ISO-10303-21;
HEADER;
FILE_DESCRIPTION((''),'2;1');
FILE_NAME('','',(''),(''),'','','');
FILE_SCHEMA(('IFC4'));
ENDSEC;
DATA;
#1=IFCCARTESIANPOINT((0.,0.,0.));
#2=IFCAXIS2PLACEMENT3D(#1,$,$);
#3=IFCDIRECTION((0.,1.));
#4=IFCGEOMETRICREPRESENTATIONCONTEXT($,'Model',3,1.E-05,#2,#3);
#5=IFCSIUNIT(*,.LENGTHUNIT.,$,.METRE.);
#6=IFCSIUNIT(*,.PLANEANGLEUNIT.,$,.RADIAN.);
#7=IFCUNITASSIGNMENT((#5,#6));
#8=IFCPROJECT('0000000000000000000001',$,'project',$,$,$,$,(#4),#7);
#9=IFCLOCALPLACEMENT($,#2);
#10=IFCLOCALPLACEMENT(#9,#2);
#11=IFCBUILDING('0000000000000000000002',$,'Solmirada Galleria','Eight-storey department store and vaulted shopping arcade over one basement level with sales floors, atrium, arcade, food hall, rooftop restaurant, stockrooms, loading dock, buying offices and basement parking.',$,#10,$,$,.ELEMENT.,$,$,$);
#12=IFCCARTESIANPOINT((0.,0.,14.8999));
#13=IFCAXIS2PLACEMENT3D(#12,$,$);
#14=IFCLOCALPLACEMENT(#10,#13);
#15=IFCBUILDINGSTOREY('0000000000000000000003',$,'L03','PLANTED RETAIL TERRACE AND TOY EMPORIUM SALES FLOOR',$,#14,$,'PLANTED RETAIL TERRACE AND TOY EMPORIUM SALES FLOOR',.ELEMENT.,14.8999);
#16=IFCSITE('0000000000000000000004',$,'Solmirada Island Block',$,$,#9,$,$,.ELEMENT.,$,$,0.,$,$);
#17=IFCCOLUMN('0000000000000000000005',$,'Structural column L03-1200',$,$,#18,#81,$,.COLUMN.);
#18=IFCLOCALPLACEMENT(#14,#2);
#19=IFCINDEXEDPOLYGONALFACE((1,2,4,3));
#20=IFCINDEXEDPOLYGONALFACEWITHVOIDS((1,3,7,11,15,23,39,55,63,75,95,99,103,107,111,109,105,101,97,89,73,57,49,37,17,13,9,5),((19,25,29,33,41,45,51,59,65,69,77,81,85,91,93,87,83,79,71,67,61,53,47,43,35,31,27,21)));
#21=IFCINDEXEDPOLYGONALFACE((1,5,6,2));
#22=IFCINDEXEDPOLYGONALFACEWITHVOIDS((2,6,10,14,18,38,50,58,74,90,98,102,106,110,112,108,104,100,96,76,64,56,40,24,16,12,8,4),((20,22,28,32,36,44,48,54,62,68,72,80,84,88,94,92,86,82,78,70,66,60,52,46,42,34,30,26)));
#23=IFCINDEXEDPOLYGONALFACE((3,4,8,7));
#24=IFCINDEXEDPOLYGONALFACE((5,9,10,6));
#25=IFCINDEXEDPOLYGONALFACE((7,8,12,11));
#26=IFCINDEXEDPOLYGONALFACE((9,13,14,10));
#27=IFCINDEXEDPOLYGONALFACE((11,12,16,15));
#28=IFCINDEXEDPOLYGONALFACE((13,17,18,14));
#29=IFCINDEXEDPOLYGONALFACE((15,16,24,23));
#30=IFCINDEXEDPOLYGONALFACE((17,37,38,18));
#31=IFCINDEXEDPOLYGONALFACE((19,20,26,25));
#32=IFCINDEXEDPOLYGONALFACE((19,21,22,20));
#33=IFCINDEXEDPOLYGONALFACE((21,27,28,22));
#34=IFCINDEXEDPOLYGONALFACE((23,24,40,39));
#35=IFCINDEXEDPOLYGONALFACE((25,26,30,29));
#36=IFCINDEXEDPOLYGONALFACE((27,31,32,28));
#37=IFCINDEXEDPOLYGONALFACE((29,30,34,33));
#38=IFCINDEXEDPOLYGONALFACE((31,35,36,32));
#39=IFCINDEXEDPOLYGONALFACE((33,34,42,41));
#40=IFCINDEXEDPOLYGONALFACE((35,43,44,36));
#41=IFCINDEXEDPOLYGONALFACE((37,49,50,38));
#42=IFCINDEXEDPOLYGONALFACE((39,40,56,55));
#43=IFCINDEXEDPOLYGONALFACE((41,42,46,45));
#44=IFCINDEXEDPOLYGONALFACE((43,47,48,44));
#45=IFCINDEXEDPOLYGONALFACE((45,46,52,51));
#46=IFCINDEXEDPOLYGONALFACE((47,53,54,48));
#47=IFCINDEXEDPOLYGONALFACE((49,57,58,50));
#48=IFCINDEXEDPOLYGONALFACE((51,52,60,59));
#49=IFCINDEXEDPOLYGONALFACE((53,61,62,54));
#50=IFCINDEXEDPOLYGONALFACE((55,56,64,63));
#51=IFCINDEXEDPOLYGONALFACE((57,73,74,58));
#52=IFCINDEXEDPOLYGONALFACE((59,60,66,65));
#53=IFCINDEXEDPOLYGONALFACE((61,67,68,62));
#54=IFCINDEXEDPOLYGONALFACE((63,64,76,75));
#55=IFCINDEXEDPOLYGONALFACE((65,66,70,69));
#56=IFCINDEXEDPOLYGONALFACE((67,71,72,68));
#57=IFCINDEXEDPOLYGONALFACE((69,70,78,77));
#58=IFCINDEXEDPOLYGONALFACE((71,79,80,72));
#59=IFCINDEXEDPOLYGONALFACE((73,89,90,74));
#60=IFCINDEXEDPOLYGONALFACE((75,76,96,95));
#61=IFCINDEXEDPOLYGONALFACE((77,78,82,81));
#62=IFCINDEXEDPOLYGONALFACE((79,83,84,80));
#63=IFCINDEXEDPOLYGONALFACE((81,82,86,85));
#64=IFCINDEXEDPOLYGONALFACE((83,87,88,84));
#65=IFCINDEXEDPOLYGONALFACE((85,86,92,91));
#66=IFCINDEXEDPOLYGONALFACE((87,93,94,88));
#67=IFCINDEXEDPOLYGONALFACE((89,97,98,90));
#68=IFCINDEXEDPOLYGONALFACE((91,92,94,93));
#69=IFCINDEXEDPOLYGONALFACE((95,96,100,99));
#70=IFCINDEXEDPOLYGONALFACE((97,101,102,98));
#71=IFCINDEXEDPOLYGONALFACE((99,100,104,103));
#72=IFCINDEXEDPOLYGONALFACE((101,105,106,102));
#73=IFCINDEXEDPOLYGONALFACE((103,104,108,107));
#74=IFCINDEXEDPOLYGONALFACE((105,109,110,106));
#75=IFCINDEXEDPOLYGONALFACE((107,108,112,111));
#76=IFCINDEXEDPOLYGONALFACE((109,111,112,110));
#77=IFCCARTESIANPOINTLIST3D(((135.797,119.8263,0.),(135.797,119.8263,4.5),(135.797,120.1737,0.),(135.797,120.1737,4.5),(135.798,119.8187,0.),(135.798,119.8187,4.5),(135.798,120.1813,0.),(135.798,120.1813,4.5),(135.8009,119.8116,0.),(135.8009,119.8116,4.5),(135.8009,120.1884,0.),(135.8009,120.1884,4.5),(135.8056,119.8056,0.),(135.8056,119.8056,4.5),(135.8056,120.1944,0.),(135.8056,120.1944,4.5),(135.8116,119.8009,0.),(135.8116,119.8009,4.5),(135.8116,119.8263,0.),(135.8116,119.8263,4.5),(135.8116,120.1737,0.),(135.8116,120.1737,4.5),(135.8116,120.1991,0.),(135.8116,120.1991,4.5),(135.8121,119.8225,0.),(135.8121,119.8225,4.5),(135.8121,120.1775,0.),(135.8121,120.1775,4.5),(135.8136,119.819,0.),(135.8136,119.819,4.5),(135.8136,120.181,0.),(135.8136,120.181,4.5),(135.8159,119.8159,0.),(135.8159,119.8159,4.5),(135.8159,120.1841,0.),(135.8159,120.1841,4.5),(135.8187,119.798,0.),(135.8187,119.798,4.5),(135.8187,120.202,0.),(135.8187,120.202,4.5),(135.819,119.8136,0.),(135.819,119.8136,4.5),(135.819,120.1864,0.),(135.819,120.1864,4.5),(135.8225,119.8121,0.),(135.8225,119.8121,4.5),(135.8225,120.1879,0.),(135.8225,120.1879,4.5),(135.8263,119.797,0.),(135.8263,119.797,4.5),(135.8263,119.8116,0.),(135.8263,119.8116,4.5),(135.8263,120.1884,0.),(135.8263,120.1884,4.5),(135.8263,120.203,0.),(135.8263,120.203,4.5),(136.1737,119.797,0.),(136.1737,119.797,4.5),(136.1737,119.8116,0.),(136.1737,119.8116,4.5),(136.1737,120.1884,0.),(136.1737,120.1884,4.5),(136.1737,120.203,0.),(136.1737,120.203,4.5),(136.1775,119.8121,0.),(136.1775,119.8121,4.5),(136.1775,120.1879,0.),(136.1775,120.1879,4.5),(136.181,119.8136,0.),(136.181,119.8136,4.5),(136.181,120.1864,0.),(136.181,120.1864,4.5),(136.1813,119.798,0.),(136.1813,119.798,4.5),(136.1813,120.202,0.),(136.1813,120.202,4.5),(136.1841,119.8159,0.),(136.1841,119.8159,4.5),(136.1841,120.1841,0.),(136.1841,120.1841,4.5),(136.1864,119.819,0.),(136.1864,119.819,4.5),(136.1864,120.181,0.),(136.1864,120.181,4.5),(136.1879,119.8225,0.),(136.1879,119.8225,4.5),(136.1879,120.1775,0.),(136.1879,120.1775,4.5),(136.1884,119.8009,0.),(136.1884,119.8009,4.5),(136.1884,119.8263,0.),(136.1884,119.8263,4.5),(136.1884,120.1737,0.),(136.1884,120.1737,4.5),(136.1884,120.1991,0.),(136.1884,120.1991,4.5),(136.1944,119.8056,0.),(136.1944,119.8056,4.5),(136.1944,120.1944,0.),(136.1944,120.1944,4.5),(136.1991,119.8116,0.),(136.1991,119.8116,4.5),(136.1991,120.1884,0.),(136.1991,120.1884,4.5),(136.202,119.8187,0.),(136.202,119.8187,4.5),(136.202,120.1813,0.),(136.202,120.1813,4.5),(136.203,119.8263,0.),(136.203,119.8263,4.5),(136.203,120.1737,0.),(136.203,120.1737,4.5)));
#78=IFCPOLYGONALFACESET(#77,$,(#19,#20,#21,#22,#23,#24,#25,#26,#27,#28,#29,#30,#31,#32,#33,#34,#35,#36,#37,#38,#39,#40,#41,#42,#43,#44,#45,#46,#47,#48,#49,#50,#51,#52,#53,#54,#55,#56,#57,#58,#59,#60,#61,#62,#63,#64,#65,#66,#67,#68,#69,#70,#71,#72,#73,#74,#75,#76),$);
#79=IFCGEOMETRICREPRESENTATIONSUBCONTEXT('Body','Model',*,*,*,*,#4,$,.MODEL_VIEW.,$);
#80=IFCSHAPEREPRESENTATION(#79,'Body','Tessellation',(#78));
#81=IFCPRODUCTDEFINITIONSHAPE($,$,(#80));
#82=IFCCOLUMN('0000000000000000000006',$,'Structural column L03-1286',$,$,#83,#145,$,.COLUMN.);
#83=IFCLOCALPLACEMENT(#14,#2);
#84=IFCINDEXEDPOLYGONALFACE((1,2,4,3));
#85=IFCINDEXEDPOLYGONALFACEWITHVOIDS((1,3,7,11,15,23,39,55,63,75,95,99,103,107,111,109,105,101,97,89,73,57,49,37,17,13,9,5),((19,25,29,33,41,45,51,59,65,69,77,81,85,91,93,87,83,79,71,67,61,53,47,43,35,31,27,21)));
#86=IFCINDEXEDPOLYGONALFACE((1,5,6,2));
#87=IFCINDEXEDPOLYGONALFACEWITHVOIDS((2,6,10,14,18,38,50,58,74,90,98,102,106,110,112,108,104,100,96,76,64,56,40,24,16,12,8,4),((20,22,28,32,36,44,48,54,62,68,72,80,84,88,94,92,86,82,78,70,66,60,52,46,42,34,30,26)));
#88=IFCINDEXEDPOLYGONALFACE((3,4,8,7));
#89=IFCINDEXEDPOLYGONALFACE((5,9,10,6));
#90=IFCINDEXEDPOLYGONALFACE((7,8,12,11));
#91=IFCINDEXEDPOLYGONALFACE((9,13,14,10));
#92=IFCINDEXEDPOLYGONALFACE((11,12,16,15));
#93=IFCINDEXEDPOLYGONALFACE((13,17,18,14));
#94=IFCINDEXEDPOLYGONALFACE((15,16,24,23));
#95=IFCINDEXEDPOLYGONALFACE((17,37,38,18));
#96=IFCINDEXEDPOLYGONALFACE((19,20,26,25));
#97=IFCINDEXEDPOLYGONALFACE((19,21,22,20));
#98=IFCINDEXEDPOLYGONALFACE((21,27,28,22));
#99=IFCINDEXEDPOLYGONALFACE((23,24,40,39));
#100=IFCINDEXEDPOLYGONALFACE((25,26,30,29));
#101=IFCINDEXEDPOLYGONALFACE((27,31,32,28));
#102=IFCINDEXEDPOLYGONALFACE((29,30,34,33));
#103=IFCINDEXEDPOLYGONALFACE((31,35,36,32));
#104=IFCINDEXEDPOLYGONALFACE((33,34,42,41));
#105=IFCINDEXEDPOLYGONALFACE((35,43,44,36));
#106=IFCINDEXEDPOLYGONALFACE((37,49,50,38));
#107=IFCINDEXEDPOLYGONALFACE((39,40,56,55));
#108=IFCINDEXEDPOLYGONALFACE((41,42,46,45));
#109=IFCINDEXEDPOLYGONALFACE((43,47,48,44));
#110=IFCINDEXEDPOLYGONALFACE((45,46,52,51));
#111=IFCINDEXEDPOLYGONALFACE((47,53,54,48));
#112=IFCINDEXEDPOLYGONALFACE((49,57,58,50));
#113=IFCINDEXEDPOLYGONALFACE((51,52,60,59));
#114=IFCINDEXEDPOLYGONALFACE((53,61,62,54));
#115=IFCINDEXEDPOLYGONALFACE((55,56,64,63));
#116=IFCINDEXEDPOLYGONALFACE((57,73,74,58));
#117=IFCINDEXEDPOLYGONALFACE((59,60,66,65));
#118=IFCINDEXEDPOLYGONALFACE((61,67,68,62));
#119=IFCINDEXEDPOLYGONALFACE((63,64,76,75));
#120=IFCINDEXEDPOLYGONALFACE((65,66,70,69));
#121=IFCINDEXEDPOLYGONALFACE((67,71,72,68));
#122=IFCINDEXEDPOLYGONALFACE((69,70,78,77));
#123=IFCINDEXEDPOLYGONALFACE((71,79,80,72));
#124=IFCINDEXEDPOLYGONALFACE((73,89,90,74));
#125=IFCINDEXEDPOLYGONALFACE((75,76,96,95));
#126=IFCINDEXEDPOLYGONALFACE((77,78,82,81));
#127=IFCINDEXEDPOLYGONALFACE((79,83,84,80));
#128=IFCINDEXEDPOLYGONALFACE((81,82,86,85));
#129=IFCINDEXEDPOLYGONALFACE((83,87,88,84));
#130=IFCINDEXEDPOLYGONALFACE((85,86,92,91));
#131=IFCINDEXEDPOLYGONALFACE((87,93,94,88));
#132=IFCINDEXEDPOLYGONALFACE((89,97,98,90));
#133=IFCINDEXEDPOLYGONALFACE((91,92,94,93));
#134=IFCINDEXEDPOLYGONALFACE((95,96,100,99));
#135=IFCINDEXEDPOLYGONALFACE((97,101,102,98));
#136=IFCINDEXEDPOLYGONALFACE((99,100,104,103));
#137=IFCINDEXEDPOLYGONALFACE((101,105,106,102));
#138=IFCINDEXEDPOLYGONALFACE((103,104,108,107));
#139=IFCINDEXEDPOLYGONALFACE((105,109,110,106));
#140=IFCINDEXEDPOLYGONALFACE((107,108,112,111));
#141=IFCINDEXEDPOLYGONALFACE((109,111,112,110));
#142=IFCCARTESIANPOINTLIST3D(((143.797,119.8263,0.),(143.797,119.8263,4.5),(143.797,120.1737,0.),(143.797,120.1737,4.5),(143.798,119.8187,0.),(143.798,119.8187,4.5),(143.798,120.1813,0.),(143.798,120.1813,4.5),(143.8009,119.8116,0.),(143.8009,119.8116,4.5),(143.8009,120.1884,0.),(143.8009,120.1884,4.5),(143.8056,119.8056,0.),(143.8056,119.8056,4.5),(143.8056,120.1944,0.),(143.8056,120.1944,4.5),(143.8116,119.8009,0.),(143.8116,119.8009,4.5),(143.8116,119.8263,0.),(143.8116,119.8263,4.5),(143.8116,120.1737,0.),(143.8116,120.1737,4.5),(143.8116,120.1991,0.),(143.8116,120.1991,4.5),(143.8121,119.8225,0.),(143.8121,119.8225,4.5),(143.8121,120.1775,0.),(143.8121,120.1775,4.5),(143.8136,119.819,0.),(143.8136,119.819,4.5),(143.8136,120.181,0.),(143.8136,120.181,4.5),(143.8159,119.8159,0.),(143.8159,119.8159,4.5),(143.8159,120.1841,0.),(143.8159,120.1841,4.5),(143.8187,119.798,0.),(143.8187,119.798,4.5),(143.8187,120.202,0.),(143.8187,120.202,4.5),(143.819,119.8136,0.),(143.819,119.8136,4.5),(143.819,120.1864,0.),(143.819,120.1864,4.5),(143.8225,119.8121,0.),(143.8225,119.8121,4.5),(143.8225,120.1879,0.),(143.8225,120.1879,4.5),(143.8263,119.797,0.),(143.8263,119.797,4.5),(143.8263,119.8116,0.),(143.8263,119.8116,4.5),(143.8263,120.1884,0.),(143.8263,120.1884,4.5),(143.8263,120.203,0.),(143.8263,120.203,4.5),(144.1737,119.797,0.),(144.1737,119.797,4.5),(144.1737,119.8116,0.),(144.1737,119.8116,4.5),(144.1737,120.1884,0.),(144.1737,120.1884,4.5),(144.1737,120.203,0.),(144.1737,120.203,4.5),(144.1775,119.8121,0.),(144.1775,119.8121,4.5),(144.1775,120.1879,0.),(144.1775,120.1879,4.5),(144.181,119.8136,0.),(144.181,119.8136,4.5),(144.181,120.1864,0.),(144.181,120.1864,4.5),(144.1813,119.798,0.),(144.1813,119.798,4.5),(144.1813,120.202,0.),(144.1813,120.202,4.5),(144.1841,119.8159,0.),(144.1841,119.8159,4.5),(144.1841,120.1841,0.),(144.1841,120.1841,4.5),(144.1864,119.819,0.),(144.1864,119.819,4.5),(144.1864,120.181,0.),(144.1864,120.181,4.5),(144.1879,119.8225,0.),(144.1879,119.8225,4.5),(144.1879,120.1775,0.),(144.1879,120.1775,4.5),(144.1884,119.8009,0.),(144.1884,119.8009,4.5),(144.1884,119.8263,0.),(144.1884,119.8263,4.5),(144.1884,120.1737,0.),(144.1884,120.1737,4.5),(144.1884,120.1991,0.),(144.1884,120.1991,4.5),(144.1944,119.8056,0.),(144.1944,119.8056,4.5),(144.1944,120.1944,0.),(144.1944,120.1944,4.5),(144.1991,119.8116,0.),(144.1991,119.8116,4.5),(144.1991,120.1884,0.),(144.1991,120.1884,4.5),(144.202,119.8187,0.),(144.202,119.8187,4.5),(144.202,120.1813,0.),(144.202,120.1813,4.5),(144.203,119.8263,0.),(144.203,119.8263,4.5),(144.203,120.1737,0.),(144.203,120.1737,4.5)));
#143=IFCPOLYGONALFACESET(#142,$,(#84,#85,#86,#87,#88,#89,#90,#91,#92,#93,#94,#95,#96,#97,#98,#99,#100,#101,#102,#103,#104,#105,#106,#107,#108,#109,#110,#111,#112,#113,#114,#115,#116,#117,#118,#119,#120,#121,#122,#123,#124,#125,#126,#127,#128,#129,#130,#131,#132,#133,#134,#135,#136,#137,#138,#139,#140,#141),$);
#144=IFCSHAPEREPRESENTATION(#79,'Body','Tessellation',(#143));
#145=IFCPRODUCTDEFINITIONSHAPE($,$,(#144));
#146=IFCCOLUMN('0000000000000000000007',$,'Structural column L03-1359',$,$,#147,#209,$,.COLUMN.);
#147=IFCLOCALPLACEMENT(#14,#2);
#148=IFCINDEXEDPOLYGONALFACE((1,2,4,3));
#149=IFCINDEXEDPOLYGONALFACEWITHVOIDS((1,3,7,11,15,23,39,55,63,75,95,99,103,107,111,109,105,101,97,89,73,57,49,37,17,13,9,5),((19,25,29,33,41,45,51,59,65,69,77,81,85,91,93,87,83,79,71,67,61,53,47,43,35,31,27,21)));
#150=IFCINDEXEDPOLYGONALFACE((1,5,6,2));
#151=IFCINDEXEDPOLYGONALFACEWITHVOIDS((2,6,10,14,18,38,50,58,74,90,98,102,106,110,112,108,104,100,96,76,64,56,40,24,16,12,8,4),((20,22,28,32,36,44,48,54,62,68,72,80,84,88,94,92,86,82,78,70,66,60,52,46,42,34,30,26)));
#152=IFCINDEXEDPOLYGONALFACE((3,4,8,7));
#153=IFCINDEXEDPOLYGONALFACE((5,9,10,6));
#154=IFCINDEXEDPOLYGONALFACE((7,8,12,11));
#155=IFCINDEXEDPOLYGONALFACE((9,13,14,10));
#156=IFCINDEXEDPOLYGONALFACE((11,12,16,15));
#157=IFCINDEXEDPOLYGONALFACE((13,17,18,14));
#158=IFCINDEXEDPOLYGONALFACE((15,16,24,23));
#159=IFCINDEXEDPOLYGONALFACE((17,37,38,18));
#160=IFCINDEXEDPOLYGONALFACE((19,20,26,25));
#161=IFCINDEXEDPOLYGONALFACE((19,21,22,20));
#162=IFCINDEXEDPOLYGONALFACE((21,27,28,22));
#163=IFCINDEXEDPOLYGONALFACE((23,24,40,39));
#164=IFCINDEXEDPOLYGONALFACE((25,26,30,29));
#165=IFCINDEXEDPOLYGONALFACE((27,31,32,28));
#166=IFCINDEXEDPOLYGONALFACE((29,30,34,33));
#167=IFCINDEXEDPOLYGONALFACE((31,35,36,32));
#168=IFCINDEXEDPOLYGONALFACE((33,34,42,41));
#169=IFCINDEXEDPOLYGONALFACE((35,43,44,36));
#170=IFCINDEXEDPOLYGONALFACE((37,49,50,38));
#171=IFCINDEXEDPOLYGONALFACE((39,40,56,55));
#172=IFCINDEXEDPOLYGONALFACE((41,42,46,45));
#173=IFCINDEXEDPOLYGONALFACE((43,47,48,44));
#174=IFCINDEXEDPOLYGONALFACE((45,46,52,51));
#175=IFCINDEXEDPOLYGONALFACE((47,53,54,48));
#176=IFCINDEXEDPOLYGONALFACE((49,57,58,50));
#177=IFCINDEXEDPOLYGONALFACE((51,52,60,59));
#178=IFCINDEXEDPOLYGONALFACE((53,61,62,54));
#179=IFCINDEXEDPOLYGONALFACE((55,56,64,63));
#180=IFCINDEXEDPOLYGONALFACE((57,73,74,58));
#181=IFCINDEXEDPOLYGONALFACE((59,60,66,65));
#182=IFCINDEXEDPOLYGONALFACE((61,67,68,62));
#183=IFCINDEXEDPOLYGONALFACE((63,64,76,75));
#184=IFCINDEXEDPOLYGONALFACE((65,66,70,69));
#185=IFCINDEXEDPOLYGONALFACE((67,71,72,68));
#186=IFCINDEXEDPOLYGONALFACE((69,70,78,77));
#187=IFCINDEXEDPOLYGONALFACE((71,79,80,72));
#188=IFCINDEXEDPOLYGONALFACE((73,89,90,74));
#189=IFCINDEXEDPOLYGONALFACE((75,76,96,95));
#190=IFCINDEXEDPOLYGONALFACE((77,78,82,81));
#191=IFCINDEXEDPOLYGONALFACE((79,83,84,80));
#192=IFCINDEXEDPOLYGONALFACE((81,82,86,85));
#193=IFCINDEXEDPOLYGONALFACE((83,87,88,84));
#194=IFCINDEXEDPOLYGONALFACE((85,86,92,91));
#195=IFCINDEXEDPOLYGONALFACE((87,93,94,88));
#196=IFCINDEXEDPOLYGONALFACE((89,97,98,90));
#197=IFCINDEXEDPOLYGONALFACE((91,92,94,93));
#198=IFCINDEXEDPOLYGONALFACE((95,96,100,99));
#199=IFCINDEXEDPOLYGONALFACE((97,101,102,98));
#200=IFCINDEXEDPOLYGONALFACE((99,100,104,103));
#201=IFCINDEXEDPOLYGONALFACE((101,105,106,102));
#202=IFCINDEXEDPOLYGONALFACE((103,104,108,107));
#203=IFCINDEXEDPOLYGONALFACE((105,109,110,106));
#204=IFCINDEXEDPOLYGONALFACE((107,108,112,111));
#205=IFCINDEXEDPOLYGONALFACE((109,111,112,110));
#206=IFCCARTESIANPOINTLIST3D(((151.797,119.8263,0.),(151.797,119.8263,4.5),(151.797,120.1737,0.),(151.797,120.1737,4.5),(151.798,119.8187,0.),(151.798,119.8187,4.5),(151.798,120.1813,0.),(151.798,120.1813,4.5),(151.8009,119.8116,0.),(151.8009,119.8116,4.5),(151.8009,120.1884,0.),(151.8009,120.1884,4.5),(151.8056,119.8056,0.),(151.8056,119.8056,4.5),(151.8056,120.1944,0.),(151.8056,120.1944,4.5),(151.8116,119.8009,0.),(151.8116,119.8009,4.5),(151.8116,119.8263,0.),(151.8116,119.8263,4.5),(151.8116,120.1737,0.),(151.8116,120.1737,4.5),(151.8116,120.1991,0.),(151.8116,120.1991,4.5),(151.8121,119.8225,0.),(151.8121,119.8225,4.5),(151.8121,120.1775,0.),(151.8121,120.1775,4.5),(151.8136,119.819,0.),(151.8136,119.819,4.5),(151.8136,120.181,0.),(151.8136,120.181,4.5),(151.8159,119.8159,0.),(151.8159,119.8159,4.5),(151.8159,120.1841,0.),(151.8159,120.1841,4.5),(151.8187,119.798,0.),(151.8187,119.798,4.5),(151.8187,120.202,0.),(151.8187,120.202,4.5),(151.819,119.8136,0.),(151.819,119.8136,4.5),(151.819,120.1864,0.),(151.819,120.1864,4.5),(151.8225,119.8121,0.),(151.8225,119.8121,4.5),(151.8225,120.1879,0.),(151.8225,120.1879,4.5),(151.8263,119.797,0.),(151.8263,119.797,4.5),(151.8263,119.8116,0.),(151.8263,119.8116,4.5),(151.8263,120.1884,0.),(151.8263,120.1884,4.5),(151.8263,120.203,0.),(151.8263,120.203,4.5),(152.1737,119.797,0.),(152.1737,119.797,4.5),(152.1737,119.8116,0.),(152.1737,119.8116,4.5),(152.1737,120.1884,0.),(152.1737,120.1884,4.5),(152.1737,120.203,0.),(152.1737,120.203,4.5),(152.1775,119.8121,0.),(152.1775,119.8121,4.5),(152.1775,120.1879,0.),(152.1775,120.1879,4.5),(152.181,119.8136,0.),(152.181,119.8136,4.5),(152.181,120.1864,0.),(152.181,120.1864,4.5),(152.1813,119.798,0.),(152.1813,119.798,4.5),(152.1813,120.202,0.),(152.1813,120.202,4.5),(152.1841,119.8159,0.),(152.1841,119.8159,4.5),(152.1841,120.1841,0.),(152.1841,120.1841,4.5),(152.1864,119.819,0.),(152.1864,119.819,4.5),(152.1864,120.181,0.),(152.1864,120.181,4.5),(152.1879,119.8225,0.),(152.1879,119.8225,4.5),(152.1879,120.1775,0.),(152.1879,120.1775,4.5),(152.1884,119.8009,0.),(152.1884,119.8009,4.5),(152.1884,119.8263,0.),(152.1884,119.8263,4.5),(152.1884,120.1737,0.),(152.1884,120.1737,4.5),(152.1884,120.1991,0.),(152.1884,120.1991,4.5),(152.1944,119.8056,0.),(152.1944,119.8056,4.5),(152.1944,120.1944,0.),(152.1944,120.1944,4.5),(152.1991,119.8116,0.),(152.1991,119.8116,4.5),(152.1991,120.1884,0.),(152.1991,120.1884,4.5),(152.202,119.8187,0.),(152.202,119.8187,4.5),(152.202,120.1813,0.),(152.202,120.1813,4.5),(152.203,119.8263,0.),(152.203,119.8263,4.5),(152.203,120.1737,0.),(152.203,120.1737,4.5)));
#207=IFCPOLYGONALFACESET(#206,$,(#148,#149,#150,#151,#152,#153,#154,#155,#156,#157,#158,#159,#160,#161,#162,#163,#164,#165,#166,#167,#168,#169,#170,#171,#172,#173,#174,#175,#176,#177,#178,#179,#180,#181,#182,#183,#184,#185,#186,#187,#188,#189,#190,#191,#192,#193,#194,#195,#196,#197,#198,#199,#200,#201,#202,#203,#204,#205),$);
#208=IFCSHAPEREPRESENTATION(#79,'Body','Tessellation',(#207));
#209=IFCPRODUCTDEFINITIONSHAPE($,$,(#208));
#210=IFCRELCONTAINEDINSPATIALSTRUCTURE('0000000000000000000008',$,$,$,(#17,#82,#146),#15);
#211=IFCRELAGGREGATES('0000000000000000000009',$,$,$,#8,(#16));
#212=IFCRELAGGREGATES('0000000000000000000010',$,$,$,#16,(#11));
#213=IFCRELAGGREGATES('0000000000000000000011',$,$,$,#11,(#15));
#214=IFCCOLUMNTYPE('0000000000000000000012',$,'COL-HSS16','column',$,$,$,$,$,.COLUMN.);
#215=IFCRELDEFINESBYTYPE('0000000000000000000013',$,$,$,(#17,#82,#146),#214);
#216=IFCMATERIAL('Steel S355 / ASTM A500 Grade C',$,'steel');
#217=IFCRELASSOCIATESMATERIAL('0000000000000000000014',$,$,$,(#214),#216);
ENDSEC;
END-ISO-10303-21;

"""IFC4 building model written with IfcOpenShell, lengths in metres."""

from ifc_helpers import new_model, si_unit, direction, frame, origin, origin_2d, place, context, subcontext, project, spatial, hollow_rectangle, extrude, material, material_profile, profile_set, type_object, element, save


model = new_model("IFC4")

# Units and contexts
model_context = context("Model", 3, precision=1e-05, world=origin(), true_north=direction((0.0, 1.0)))
body_context = subcontext(model_context, "Body", "Model", "MODEL_VIEW")
ifc_project = project(units=[si_unit("LENGTHUNIT", "METRE"), si_unit("PLANEANGLEUNIT", "RADIAN")], contexts=[model_context])

# Site, building, storey
site_placement = place(None, origin())
site = spatial("IfcSite", under=ifc_project, at=site_placement, Name="Solmirada Island Block", CompositionType="ELEMENT", RefElevation=0.0)
building_placement = place(site_placement, origin())
building = spatial("IfcBuilding", under=site, at=building_placement, Name="Solmirada Galleria", Description="Eight-storey department store and vaulted shopping arcade over one basement level with sales floors, atrium, arcade, food hall, rooftop restaurant, stockrooms, loading dock, buying offices and basement parking.", CompositionType="ELEMENT")
storey_placement = place(building_placement, frame((0.0, 0.0, 14.8999)))
storey = spatial("IfcBuildingStorey", under=building, at=storey_placement, Name="L03", Description="PLANTED RETAIL TERRACE AND TOY EMPORIUM SALES FLOOR", LongName="PLANTED RETAIL TERRACE AND TOY EMPORIUM SALES FLOOR", CompositionType="ELEMENT", Elevation=14.8999)

# Columns
ifc_material_1 = material(Name="Steel S355 / ASTM A500 Grade C", Category="steel")
ifc_material_profile_1 = material_profile(ifc_material_1, hollow_rectangle(XDim=0.406, YDim=0.406, WallThickness=0.0146, InnerFilletRadius=0.0146, OuterFilletRadius=0.0293, at=origin_2d()), Name="HSS16X16X5/8")
ifc_profile_set_1 = profile_set([ifc_material_profile_1], Name="Steel S355 / ASTM A500 Grade C")
column_type_1 = type_object("IfcColumnType", Name="COL-HSS16", Description="column", PredefinedType="COLUMN", material=ifc_profile_set_1)
for number, where, z_axis, x_axis, name in (
    (1, (136.0, 120.0, 0.0), (0.0, 0.0, 1.0), (1.0, 0.0, 0.0), "Structural column L03-1200"),
    (2, (144.0, 120.0, 0.0), (0.0, 0.0, 1.0), (1.0, 0.0, 0.0), "Structural column L03-1286"),
    (3, (152.0, 120.0, 0.0), (0.0, 0.0, 1.0), (1.0, 0.0, 0.0), "Structural column L03-1359"),
):
    element("IfcColumn", number, at=place(storey_placement, frame(where, z_axis=z_axis, x_axis=x_axis)), inside=storey, type_object=column_type_1, Name=name, PredefinedType="COLUMN", context=body_context, shape_type="SweptSolid", body=[
        extrude(hollow_rectangle(XDim=0.406, YDim=0.406, WallThickness=0.0146, InnerFilletRadius=0.0146, OuterFilletRadius=0.0293, at=origin_2d()), origin(), (0.0, 0.0, 1.0), 4.5),
    ])

save(model, "model.ifc")
